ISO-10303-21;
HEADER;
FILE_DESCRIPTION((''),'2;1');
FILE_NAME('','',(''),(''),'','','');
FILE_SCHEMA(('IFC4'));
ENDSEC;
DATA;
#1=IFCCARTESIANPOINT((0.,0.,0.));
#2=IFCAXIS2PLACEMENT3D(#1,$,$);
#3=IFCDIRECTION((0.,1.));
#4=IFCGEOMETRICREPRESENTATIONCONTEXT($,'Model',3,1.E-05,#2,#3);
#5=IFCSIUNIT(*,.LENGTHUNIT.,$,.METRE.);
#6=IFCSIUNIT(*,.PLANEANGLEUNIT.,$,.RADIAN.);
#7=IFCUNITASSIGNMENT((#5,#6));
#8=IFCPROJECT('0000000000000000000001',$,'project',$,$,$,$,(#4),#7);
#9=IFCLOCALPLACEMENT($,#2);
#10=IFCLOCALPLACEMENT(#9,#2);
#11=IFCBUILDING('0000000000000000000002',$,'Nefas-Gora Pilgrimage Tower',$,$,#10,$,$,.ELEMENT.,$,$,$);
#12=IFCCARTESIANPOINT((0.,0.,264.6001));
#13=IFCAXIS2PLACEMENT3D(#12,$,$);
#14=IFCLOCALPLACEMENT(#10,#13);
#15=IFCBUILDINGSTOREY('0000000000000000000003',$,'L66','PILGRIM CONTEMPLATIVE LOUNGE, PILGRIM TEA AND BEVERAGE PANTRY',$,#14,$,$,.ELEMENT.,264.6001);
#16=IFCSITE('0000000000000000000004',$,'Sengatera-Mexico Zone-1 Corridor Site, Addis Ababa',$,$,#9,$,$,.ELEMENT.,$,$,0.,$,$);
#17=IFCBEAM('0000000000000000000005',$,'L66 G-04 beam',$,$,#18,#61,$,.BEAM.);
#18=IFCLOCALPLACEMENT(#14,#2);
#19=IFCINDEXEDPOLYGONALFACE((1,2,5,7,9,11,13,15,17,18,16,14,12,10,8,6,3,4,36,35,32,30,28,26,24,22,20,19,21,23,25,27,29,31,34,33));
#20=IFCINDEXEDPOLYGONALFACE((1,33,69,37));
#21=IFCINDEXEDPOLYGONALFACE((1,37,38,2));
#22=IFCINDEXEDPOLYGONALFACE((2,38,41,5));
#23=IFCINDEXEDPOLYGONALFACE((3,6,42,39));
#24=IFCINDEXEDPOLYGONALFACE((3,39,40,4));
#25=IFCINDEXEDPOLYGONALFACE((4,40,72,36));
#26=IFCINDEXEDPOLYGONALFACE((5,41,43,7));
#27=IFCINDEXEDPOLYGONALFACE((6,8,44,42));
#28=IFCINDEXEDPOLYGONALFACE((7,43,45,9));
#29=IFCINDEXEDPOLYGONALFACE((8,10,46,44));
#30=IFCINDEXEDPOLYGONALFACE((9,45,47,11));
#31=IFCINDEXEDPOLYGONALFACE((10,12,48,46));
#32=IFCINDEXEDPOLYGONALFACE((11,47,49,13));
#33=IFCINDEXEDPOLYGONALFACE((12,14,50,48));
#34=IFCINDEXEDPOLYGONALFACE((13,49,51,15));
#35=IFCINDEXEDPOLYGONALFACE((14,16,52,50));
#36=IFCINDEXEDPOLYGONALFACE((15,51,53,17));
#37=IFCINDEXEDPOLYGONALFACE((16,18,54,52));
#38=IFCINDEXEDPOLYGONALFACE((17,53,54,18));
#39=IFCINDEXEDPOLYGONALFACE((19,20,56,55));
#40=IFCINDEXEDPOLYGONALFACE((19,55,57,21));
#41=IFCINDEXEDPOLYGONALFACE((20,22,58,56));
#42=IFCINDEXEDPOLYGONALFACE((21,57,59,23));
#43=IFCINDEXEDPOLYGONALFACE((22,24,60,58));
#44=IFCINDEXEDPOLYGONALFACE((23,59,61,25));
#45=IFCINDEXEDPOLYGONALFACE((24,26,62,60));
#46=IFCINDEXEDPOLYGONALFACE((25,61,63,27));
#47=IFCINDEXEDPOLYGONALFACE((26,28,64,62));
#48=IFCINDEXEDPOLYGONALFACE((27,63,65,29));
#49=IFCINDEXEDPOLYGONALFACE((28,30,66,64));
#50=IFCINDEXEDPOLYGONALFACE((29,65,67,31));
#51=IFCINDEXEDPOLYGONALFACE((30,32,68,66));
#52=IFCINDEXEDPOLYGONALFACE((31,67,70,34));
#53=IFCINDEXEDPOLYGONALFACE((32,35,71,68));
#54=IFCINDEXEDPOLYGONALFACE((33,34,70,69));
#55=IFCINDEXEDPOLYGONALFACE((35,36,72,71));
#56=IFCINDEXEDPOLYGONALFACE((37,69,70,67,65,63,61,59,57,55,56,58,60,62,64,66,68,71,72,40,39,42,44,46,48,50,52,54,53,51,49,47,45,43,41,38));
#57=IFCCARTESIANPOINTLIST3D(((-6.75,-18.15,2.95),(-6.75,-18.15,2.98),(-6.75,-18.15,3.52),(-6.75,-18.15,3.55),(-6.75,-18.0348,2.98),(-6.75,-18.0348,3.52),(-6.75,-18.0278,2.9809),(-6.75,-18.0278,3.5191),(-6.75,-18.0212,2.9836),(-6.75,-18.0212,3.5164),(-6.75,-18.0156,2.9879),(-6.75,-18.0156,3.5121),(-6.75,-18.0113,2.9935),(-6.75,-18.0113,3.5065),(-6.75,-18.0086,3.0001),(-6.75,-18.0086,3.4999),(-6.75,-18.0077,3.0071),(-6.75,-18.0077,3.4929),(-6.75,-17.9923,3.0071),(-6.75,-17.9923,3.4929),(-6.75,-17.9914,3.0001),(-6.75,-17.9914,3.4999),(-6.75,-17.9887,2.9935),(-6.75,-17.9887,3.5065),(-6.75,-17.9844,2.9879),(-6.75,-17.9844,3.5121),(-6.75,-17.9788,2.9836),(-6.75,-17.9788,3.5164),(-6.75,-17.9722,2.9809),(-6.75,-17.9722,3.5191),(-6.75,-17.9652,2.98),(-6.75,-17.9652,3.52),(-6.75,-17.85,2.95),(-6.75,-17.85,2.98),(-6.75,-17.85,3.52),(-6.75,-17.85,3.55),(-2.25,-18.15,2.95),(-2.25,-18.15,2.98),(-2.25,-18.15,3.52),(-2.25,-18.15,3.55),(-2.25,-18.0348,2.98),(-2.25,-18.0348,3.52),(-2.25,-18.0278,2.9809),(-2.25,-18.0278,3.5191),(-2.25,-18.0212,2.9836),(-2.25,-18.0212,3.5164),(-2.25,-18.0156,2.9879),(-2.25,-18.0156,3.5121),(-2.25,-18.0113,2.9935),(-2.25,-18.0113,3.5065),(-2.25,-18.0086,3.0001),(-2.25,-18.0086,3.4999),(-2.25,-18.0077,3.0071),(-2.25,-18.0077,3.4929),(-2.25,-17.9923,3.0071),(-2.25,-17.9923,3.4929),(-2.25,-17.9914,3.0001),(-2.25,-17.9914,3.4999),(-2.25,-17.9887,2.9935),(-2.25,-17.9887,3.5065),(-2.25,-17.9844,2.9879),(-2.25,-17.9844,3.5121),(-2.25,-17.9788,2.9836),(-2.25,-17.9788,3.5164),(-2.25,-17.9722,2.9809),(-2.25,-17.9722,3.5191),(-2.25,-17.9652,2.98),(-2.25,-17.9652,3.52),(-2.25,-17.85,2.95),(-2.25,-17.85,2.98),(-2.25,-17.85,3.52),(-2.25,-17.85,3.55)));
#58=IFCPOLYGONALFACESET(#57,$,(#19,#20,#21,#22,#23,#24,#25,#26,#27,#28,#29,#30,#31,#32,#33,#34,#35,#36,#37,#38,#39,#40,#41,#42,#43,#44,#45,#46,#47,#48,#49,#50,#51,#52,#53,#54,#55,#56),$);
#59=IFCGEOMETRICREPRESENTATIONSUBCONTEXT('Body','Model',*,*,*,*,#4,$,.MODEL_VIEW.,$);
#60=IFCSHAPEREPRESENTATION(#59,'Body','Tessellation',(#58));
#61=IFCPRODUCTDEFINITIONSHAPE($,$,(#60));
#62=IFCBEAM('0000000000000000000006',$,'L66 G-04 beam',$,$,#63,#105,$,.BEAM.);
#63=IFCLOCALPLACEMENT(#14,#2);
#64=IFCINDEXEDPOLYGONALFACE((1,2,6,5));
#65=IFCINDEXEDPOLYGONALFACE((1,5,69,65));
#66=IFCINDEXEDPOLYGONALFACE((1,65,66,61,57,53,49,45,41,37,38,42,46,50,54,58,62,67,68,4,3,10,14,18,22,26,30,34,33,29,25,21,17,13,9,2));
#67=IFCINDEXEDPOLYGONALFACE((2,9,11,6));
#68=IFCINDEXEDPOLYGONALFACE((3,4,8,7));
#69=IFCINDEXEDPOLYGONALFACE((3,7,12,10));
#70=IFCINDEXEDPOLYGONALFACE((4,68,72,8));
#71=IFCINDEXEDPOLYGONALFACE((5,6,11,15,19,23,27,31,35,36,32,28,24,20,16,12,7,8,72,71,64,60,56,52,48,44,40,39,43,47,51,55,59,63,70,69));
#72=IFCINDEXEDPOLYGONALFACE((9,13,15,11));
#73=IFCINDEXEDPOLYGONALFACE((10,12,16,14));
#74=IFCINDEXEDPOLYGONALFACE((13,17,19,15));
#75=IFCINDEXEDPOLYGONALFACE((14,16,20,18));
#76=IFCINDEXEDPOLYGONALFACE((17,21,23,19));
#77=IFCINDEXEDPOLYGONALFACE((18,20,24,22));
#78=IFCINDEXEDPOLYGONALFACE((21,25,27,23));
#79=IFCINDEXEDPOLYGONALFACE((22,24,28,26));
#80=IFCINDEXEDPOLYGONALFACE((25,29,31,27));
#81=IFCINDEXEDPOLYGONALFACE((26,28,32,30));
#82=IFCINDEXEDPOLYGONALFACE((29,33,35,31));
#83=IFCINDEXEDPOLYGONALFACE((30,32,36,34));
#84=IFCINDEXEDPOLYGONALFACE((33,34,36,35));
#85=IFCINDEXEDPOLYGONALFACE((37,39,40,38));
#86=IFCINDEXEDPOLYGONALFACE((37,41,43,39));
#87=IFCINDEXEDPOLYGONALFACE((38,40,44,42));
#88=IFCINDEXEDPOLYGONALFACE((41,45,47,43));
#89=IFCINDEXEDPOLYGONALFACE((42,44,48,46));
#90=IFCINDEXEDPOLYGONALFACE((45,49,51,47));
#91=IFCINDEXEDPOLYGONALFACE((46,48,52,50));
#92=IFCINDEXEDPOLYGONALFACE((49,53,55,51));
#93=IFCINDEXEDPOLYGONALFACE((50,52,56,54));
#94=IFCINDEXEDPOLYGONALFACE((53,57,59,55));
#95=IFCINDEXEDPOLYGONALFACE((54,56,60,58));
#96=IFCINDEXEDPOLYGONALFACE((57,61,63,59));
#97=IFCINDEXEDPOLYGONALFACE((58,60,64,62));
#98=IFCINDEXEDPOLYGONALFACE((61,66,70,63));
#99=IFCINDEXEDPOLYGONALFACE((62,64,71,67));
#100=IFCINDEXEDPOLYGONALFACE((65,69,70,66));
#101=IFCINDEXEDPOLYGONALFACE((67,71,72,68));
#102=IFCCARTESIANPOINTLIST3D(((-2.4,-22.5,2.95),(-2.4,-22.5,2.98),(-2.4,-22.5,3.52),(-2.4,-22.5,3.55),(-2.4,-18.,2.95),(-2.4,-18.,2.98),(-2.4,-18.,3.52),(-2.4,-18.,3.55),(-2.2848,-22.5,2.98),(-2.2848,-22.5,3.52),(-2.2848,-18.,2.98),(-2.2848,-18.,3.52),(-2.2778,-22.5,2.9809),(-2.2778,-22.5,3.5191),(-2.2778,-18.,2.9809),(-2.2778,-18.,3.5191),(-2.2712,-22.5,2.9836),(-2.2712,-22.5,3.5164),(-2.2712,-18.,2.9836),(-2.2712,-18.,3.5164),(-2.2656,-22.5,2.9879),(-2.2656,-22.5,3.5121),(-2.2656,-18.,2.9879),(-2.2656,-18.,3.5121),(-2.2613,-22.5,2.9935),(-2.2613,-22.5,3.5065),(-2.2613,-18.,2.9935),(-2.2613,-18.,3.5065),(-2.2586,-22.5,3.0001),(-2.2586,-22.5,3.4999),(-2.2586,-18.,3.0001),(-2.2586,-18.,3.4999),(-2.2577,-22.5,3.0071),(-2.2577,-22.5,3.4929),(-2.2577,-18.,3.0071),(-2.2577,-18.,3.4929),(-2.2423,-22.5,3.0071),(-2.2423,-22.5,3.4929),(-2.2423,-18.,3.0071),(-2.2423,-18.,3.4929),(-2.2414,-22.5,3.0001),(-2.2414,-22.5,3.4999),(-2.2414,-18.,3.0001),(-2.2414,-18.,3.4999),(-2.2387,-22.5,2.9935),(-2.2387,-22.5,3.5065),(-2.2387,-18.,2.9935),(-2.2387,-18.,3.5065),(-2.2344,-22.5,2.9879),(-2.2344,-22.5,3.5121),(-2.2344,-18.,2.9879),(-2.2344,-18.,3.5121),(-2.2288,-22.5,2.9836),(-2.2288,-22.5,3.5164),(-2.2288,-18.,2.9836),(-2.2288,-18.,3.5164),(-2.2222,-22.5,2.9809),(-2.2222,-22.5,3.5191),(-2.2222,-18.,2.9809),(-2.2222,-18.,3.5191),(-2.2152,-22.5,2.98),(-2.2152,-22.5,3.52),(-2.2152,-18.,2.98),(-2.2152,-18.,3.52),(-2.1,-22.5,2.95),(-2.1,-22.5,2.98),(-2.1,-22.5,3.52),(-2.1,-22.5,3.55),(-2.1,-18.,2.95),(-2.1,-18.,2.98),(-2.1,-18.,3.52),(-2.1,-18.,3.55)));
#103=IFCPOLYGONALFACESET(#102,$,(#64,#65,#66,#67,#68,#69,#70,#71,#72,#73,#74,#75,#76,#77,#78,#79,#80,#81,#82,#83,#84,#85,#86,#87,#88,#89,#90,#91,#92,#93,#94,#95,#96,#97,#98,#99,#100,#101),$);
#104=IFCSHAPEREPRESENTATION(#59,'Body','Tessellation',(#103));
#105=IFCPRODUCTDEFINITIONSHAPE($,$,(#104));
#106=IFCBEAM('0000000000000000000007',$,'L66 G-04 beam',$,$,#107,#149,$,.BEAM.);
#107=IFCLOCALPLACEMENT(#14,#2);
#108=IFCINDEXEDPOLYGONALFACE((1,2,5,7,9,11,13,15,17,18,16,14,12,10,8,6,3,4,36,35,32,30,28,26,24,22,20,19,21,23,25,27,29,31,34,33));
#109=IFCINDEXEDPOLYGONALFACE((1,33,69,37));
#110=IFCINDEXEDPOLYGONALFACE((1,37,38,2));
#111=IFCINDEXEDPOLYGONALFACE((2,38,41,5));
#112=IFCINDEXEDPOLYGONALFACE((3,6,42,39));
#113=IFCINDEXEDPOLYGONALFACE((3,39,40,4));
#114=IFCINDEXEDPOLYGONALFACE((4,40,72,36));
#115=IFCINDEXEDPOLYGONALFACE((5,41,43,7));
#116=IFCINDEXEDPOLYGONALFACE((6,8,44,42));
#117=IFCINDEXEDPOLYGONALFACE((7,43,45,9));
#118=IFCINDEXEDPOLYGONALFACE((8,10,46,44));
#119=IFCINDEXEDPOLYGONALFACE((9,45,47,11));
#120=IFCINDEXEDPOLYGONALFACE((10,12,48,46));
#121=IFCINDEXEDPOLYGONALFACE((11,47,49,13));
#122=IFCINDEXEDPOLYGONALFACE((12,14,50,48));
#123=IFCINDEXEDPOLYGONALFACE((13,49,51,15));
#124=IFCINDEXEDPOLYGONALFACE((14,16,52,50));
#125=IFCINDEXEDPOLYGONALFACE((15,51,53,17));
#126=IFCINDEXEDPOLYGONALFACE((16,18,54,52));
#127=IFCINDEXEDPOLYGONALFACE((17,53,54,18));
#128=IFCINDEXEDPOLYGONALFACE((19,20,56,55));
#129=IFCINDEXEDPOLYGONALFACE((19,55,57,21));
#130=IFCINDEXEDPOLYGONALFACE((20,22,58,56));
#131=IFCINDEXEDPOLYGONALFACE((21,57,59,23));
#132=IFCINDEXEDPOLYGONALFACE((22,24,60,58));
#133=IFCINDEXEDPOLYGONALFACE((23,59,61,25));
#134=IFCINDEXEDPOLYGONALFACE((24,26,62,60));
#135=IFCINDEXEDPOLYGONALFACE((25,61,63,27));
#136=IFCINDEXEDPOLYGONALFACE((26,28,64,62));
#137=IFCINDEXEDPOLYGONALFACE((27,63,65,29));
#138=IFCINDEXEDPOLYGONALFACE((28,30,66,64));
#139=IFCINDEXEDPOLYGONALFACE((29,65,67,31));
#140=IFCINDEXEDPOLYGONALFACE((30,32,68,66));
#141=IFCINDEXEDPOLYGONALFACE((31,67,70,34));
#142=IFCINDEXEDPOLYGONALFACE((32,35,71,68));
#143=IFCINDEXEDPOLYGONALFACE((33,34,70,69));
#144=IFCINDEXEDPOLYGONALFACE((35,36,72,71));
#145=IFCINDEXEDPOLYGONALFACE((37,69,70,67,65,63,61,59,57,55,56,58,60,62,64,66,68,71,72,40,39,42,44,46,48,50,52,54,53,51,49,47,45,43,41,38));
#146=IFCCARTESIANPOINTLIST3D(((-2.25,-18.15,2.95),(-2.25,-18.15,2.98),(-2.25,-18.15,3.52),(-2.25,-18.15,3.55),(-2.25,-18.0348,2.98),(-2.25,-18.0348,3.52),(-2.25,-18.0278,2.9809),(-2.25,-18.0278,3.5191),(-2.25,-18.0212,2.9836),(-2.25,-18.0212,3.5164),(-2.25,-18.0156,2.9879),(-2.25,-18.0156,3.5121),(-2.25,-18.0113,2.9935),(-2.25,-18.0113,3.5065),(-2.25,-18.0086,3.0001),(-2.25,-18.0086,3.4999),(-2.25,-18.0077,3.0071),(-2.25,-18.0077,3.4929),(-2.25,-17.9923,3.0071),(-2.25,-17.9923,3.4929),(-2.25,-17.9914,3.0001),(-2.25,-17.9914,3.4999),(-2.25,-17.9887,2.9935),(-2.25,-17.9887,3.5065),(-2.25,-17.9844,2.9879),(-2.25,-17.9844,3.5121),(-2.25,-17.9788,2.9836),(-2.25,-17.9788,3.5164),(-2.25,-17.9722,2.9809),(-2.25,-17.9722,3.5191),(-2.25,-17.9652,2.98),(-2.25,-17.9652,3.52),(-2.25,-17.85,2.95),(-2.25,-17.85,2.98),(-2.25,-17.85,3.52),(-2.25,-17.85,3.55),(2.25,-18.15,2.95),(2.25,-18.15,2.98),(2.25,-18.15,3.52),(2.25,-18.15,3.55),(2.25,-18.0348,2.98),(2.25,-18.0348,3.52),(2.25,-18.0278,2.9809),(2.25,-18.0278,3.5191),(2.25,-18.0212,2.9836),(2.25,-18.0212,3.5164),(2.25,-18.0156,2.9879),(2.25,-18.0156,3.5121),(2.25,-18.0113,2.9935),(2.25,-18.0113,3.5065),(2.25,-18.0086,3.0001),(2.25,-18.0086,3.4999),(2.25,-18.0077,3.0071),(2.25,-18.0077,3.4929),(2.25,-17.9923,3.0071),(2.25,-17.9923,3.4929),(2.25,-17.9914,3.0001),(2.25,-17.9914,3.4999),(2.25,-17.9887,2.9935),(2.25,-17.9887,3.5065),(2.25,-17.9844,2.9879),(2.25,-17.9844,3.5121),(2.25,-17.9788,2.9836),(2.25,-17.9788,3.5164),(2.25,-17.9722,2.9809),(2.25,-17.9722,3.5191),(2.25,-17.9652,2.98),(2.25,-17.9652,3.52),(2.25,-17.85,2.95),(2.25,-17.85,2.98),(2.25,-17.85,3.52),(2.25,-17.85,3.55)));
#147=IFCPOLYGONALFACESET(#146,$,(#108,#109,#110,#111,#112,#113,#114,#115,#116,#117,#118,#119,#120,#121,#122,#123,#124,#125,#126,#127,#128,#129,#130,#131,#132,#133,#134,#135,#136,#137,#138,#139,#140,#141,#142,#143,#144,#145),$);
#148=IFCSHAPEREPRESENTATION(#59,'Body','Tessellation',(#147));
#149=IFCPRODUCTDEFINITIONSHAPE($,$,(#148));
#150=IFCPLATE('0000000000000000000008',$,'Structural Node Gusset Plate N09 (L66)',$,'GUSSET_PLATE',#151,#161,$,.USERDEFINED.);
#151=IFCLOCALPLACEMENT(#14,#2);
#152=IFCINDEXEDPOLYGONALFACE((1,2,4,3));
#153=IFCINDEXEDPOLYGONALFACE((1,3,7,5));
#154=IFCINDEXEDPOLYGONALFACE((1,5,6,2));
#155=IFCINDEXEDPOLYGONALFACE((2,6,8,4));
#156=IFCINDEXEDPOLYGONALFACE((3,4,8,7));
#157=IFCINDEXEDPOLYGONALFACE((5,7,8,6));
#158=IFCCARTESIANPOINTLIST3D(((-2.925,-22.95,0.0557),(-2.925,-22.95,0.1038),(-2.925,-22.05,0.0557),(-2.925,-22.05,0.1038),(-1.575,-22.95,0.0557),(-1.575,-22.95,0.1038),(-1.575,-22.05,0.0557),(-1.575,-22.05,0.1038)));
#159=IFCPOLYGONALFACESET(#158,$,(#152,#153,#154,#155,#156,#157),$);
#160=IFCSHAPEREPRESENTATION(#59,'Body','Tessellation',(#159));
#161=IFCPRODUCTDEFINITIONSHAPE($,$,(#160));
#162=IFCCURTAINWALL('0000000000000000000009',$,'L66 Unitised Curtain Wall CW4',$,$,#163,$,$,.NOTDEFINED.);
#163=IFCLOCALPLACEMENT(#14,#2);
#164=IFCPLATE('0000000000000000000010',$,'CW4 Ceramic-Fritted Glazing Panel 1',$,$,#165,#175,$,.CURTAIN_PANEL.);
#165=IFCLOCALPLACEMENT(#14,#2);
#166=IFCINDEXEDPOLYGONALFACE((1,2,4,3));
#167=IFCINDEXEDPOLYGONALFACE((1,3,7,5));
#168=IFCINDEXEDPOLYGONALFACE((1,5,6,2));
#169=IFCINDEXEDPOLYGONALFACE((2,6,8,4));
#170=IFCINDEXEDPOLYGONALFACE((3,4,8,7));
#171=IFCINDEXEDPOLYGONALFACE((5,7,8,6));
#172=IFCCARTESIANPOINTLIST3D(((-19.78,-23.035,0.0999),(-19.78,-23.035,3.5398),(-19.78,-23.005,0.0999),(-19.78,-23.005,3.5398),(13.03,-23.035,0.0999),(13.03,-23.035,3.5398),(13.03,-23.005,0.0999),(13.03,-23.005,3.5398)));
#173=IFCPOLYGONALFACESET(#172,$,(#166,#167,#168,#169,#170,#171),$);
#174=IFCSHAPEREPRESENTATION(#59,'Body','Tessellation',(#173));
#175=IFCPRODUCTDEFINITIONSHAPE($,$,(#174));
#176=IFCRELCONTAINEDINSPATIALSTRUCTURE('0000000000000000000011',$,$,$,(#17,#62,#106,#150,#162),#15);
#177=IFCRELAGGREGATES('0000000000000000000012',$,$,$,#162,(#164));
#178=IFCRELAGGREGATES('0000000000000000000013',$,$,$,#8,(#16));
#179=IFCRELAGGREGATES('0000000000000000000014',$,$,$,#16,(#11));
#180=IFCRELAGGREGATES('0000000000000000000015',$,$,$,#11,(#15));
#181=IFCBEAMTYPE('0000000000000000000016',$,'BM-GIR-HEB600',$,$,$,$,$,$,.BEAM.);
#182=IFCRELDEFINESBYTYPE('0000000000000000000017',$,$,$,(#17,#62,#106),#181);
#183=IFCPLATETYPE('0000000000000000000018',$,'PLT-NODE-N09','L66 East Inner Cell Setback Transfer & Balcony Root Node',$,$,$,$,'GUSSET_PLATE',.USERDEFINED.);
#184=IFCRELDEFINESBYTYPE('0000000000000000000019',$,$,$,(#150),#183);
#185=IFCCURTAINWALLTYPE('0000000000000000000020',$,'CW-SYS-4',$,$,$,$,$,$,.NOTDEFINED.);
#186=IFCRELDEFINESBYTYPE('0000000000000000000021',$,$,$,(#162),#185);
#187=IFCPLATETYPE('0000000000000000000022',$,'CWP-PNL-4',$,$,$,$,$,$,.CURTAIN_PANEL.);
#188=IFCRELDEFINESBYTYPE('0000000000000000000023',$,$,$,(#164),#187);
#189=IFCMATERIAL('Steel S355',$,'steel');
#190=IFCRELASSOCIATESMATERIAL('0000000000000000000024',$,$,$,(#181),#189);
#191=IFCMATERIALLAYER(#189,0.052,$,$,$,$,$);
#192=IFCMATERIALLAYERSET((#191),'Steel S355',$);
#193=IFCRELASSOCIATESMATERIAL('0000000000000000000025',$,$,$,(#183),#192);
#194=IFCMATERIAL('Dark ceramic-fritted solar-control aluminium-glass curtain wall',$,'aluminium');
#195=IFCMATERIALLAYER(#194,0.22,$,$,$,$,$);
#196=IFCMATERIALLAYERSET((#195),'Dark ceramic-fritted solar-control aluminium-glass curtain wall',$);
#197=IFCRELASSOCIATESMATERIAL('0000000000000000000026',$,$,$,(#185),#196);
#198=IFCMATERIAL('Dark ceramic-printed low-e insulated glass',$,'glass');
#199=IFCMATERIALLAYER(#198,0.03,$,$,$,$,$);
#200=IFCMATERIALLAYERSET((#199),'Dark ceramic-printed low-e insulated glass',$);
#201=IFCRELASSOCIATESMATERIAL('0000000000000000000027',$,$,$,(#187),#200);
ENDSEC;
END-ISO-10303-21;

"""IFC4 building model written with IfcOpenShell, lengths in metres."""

from ifc_helpers import new_model, si_unit, direction, frame, origin, origin_2d, place, context, subcontext, project, spatial, rectangle, i_section, extrude, source, transform, mapped, material, layer, layer_set, material_profile, profile_set, type_object, element, aggregate, save


model = new_model("IFC4")

# Units and contexts
model_context = context("Model", 3, precision=1e-05, world=origin(), true_north=direction((0.0, 1.0)))
body_context = subcontext(model_context, "Body", "Model", "MODEL_VIEW")
ifc_project = project(units=[si_unit("LENGTHUNIT", "METRE"), si_unit("PLANEANGLEUNIT", "RADIAN")], contexts=[model_context])

# Site, building, storey
site_placement = place(None, origin())
site = spatial("IfcSite", under=ifc_project, at=site_placement, Name="Sengatera-Mexico Zone-1 Corridor Site, Addis Ababa", CompositionType="ELEMENT", RefElevation=0.0)
building_placement = place(site_placement, origin())
building = spatial("IfcBuilding", under=site, at=building_placement, Name="Nefas-Gora Pilgrimage Tower", CompositionType="ELEMENT")
storey_placement = place(building_placement, frame((0.0, 0.0, 264.6001)))
storey = spatial("IfcBuildingStorey", under=building, at=storey_placement, Name="L66", Description="PILGRIM CONTEMPLATIVE LOUNGE, PILGRIM TEA AND BEVERAGE PANTRY", CompositionType="ELEMENT", Elevation=264.6001)

# Shared definitions
ifc_material_1 = material(Name="Steel S355", Category="steel")

# Beams
ifc_material_profile_1 = material_profile(ifc_material_1, i_section(OverallWidth=0.3, OverallDepth=0.6001, WebThickness=0.0154, FlangeThickness=0.03, FilletRadius=0.0271, at=origin_2d()), Name="HEB 600")
ifc_profile_set_1 = profile_set([ifc_material_profile_1], Name="Steel S355")
beam_type_1 = type_object("IfcBeamType", Name="BM-GIR-HEB600", PredefinedType="BEAM", material=ifc_profile_set_1)
shared_shape_1 = source(origin(), body_context, "Body", "SweptSolid", [
    extrude(i_section(OverallWidth=0.3, OverallDepth=0.6001, WebThickness=0.0154, FlangeThickness=0.03, FilletRadius=0.0271, at=origin_2d()), origin(), (0.0, 0.0, 1.0), 4.5),
])
for number, where, z_axis, x_axis, name in (
    (1, (-6.75, -18.0, 3.25), (1.0, 0.0, 0.0), (0.0, 1.0, 0.0), "L66 G-04 beam"),
    (2, (-2.25, -22.5, 3.25), (0.0, 1.0, 0.0), (-1.0, 0.0, 0.0), "L66 G-04 beam"),
    (3, (-2.25, -18.0, 3.25), (1.0, 0.0, 0.0), (0.0, 1.0, 0.0), "L66 G-04 beam"),
):
    element("IfcBeam", number, at=place(storey_placement, frame(where, z_axis=z_axis, x_axis=x_axis)), inside=storey, type_object=beam_type_1, Name=name, PredefinedType="BEAM", context=body_context, shape_type="MappedRepresentation", body=[
        mapped(shared_shape_1, transform((0.0, 0.0, 0.0), x_axis=(1.0, 0.0, 0.0), y_axis=(0.0, 1.0, 0.0), z_axis=(0.0, 0.0, 1.0), scale=1.0)),
    ])

# Plate
ifc_layer_1 = layer(ifc_material_1, 0.052)
ifc_layer_set_1 = layer_set([ifc_layer_1], Name="Steel S355")
plate_type_1 = type_object("IfcPlateType", Name="PLT-NODE-N09", Description="L66 East Inner Cell Setback Transfer & Balcony Root Node", ElementType="GUSSET_PLATE", PredefinedType="USERDEFINED", material=ifc_layer_set_1)
shared_shape_2 = source(origin(), body_context, "Body", "SweptSolid", [
    extrude(rectangle(XDim=1.3501, YDim=0.8999, at=origin_2d()), origin(), (0.0, 0.0, 1.0), 0.0481),
])
plate_1_placement = place(storey_placement, frame((-2.25, -22.5, 0.0557), z_axis=(0.0, 0.0, 1.0), x_axis=(1.0, 0.0, 0.0)))
element("IfcPlate", 4, at=plate_1_placement, inside=storey, type_object=plate_type_1, Name="Structural Node Gusset Plate N09 (L66)", ObjectType="GUSSET_PLATE", PredefinedType="USERDEFINED", context=body_context, shape_type="MappedRepresentation", body=[
    mapped(shared_shape_2, transform((0.0, 0.0, 0.0), x_axis=(1.0, 0.0, 0.0), y_axis=(0.0, 1.0, 0.0), z_axis=(0.0, 0.0, 1.0), scale=1.0)),
])

# Curtain wall, plate
ifc_material_2 = material(Name="Dark ceramic-fritted solar-control aluminium-glass curtain wall", Category="aluminium")
ifc_layer_2 = layer(ifc_material_2, 0.22)
ifc_layer_set_2 = layer_set([ifc_layer_2], Name="Dark ceramic-fritted solar-control aluminium-glass curtain wall")
curtain_wall_type = type_object("IfcCurtainWallType", Name="CW-SYS-4", PredefinedType="NOTDEFINED", material=ifc_layer_set_2)
curtain_wall_placement = place(storey_placement, origin())
curtain_wall = element("IfcCurtainWall", 5, at=curtain_wall_placement, inside=storey, type_object=curtain_wall_type, Name="L66 Unitised Curtain Wall CW4", PredefinedType="NOTDEFINED")
ifc_material_3 = material(Name="Dark ceramic-printed low-e insulated glass", Category="glass")
ifc_layer_3 = layer(ifc_material_3, 0.03)
ifc_layer_set_3 = layer_set([ifc_layer_3], Name="Dark ceramic-printed low-e insulated glass")
plate_type_2 = type_object("IfcPlateType", Name="CWP-PNL-4", PredefinedType="CURTAIN_PANEL", material=ifc_layer_set_3)
shared_shape_3 = source(origin(), body_context, "Body", "SweptSolid", [
    extrude(rectangle(XDim=32.8101, YDim=0.03, at=origin_2d()), origin(), (0.0, 0.0, 1.0), 3.4399),
])
plate_2_placement = place(storey_placement, frame((-3.375, -23.02, 0.0999), z_axis=(0.0, 0.0, 1.0), x_axis=(1.0, 0.0, 0.0)))
plate_2 = element("IfcPlate", 6, at=plate_2_placement, type_object=plate_type_2, Name="CW4 Ceramic-Fritted Glazing Panel 1", PredefinedType="CURTAIN_PANEL", context=body_context, shape_type="MappedRepresentation", body=[
    mapped(shared_shape_3, transform((0.0, 0.0, 0.0), x_axis=(1.0, 0.0, 0.0), y_axis=(0.0, 1.0, 0.0), z_axis=(0.0, 0.0, 1.0), scale=1.0)),
])
aggregate(curtain_wall, [plate_2])

save(model, "model.ifc")
